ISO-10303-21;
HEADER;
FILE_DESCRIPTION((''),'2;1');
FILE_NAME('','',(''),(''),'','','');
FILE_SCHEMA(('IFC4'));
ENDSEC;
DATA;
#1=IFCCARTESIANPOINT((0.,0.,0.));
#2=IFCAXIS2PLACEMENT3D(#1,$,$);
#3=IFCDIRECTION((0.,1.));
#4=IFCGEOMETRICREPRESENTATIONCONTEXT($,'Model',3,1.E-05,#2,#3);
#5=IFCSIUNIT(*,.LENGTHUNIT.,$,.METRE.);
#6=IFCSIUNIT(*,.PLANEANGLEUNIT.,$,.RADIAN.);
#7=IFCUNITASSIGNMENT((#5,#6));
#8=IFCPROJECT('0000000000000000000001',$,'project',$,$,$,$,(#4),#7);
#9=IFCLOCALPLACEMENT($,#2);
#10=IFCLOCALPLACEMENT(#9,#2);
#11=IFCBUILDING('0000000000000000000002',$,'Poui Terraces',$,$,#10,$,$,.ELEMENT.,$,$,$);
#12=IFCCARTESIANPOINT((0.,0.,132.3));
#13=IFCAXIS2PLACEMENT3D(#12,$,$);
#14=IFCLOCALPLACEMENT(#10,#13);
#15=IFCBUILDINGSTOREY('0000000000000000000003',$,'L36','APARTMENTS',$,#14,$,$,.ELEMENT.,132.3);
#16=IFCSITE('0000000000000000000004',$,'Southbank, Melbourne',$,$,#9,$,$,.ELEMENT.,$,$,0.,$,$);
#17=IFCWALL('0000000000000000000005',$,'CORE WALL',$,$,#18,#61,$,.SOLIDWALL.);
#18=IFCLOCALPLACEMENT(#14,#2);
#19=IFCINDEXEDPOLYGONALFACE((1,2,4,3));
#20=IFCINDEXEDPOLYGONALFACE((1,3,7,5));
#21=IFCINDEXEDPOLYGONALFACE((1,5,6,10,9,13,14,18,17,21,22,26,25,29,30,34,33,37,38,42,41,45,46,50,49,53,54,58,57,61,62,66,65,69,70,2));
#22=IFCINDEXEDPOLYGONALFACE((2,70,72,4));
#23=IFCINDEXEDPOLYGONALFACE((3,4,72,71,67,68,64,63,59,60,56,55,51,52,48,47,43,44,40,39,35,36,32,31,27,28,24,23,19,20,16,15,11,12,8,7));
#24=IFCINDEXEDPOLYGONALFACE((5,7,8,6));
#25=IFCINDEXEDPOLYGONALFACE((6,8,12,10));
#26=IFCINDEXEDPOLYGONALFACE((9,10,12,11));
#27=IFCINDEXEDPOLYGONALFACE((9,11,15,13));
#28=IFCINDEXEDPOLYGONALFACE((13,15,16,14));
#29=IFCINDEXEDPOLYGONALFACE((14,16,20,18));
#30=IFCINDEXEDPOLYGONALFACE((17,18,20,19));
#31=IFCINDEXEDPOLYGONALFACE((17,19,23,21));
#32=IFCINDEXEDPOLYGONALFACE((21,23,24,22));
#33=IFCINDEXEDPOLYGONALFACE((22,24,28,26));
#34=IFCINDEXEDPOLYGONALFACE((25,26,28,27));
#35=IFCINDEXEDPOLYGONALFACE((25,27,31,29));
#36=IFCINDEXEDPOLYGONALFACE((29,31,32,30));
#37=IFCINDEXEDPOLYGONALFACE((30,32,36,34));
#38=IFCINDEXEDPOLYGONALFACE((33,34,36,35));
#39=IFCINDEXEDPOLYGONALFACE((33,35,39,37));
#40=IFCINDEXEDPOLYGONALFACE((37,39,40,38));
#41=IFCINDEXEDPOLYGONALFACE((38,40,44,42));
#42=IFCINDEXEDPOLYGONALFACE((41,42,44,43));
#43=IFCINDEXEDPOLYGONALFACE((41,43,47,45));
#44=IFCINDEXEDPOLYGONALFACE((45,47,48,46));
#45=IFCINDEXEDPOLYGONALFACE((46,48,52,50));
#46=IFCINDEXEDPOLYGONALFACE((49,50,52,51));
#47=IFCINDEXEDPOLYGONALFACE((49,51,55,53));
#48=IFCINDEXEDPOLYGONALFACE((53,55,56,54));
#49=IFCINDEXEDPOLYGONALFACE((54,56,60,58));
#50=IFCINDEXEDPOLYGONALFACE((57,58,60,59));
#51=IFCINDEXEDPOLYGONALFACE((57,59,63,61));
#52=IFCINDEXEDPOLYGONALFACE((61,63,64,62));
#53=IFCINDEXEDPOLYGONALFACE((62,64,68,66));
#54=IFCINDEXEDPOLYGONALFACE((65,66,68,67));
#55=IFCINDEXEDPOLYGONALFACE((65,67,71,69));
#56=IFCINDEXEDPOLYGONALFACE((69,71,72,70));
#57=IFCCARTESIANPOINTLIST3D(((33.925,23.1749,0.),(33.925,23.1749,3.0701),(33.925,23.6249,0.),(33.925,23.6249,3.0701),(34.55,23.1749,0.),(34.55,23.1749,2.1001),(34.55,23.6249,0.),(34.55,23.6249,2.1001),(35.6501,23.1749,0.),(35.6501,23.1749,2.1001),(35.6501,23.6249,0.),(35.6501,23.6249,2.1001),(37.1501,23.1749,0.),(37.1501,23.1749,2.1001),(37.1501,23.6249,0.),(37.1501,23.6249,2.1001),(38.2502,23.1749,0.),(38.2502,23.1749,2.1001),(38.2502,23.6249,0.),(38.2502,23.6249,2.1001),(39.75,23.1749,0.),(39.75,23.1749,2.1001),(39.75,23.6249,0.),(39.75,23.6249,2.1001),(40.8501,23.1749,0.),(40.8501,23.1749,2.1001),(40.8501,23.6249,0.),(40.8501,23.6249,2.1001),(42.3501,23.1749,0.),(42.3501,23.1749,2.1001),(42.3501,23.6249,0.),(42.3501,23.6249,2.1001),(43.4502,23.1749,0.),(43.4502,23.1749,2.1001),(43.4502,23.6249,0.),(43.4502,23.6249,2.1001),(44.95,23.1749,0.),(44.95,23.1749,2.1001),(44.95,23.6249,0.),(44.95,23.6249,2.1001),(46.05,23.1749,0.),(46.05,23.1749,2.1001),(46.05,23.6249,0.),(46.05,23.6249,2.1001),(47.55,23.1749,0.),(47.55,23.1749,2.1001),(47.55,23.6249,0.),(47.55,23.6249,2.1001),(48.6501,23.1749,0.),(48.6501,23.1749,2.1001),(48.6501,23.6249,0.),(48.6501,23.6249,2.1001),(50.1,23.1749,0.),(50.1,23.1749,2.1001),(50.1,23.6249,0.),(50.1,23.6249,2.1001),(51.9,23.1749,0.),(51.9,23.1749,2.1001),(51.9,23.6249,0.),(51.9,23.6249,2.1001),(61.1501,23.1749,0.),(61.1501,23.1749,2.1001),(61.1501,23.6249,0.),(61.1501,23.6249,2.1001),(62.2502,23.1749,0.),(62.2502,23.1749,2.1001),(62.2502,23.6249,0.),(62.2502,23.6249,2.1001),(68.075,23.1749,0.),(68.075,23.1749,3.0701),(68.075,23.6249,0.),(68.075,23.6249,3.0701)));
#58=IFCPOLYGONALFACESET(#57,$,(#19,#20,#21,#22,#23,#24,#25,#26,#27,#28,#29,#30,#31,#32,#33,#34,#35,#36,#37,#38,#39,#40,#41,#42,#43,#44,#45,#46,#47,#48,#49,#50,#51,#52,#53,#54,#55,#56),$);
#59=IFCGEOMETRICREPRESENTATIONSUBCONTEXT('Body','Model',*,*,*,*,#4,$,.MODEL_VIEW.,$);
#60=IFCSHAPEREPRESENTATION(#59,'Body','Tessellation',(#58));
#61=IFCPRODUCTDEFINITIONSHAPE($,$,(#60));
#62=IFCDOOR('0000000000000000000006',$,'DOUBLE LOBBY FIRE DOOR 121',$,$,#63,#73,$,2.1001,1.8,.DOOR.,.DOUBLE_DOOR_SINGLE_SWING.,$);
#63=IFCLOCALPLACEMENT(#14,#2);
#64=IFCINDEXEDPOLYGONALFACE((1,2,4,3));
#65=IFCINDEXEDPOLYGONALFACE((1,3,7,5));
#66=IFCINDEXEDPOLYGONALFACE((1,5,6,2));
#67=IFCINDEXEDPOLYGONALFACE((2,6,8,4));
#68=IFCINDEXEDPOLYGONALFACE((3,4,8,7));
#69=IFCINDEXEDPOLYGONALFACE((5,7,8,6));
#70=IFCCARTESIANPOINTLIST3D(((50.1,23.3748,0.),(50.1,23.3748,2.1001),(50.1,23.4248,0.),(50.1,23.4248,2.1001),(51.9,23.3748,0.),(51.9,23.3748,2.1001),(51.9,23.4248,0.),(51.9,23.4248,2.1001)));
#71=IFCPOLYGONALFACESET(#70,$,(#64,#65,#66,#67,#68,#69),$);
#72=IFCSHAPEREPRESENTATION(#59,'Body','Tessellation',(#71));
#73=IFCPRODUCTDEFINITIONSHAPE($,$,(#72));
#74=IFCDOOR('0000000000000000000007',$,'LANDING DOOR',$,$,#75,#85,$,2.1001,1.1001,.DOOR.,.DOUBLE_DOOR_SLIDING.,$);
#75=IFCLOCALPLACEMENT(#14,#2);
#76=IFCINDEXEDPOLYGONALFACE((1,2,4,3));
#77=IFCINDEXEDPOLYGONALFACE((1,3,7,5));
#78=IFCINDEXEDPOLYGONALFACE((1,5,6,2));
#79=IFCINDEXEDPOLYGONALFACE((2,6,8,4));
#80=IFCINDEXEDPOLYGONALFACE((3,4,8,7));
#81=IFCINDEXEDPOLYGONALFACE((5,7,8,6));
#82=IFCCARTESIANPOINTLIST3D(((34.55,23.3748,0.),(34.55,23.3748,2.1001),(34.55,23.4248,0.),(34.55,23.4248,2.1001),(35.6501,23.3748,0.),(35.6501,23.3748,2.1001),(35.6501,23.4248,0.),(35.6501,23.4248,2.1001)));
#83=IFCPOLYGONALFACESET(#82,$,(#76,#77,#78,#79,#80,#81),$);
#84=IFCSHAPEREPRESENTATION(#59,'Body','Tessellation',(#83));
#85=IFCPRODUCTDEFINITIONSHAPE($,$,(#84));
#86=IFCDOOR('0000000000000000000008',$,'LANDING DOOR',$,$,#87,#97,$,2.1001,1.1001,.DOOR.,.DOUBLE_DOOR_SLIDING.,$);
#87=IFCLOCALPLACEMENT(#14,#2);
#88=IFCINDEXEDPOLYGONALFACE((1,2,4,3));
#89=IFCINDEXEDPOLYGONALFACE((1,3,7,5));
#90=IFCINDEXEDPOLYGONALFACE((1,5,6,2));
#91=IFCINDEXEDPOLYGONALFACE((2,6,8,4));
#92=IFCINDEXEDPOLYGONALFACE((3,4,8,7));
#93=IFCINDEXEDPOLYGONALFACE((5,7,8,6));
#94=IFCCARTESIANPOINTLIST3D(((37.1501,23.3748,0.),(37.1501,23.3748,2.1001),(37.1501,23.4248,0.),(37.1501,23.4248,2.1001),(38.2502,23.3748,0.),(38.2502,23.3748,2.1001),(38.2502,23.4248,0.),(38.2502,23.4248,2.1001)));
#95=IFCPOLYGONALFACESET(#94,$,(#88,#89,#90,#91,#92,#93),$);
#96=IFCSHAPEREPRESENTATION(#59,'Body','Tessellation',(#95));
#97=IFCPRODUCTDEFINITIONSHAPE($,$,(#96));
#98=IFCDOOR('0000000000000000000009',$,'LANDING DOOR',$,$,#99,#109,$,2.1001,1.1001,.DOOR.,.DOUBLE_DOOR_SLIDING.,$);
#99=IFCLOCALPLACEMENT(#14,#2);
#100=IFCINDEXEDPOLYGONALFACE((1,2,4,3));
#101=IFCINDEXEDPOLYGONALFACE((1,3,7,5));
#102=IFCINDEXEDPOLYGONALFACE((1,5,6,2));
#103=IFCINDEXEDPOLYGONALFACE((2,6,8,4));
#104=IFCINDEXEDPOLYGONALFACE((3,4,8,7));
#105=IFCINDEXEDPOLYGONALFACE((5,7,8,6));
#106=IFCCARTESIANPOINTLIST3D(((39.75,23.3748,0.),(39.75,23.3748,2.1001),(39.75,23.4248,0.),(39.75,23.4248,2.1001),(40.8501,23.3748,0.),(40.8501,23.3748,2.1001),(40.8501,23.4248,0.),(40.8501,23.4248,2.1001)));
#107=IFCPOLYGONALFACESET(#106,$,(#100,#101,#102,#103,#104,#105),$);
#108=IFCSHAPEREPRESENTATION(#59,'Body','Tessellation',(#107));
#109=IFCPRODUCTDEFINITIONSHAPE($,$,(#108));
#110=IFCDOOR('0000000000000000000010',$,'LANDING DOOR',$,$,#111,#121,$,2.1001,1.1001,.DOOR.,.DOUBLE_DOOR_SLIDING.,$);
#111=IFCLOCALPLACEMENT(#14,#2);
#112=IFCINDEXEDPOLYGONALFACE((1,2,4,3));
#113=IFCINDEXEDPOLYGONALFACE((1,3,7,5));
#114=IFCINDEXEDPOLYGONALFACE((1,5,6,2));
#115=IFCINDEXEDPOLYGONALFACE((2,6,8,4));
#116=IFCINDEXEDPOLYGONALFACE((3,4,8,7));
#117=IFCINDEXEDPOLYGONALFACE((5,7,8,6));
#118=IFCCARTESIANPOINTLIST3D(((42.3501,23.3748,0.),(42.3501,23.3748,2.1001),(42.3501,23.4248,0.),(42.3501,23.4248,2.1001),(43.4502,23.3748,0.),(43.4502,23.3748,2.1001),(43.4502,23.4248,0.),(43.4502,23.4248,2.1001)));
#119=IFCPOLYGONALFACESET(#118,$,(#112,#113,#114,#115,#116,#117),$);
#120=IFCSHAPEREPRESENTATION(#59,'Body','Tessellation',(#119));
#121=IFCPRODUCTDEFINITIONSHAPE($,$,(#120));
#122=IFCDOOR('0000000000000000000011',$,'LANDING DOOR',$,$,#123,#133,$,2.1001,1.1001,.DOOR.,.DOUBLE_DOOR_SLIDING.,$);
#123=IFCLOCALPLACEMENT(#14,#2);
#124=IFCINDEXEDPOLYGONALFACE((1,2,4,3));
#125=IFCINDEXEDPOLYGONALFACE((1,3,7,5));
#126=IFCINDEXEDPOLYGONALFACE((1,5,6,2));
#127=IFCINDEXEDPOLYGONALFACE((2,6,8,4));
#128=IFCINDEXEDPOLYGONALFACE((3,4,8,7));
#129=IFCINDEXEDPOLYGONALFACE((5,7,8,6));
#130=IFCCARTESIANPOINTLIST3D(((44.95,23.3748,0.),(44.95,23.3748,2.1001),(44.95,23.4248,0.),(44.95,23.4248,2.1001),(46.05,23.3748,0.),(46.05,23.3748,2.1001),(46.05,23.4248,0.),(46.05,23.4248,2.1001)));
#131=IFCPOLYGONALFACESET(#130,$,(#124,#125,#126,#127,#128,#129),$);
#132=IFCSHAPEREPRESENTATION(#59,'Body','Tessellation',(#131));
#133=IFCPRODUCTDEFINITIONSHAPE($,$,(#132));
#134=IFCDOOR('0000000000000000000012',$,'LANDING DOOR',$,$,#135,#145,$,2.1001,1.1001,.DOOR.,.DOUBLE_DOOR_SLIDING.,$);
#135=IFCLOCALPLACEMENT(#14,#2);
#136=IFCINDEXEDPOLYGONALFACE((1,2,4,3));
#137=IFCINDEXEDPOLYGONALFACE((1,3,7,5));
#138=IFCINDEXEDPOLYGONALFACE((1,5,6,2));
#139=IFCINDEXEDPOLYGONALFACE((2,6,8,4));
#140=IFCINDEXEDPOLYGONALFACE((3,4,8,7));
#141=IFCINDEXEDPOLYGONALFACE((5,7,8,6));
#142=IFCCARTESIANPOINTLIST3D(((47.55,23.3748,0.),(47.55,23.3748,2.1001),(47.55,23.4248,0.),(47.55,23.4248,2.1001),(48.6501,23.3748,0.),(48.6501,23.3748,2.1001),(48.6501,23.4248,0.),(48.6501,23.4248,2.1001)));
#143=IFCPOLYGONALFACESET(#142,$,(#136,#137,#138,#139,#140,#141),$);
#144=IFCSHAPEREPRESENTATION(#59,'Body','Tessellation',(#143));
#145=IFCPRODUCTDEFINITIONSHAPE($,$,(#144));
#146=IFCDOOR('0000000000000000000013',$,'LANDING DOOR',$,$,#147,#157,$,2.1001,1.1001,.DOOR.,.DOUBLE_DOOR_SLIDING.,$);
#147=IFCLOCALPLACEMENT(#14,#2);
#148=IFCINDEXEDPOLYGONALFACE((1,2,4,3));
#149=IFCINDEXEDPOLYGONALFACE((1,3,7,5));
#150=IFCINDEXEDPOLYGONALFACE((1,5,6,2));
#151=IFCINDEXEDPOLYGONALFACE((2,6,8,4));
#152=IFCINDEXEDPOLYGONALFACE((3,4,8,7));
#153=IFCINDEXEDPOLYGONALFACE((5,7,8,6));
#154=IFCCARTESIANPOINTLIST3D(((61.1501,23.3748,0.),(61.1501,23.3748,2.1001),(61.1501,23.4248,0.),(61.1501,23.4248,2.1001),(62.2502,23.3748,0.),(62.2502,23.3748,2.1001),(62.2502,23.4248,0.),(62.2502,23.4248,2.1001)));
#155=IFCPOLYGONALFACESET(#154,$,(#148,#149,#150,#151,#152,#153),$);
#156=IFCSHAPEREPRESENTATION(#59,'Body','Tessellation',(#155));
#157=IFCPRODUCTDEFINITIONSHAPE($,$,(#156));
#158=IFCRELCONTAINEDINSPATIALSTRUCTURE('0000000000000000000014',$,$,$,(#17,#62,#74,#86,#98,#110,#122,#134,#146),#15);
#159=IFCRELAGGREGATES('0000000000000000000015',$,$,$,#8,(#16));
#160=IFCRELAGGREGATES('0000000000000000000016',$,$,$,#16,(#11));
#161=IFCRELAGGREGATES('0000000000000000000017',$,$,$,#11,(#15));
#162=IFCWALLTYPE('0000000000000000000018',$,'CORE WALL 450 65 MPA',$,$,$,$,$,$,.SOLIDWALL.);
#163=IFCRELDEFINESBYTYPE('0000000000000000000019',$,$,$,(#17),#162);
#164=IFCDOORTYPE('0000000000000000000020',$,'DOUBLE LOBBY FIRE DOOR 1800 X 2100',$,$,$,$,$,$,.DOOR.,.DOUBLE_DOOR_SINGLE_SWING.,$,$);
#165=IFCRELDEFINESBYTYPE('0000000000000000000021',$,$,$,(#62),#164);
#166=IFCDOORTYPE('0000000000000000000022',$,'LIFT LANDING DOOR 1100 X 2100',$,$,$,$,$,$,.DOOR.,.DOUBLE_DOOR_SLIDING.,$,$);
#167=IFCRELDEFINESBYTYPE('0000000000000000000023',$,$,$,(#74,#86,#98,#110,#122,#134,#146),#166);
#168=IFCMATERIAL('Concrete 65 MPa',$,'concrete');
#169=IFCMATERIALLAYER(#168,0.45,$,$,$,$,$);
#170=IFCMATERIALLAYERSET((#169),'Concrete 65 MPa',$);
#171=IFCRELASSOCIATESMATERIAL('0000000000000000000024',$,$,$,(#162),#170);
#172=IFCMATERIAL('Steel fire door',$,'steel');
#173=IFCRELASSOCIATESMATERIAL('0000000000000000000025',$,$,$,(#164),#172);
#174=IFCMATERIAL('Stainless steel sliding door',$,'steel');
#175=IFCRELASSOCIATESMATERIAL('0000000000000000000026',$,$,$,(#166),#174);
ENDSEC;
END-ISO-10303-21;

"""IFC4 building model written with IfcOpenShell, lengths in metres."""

from ifc_helpers import new_model, si_unit, direction, frame, frame_2d, origin, place, context, subcontext, project, spatial, rectangle, extrude, material, layer, layer_set, type_object, element, fill, save


model = new_model("IFC4")

# Units and contexts
model_context = context("Model", 3, precision=1e-05, world=origin(), true_north=direction((0.0, 1.0)))
body_context = subcontext(model_context, "Body", "Model", "MODEL_VIEW")
ifc_project = project(units=[si_unit("LENGTHUNIT", "METRE"), si_unit("PLANEANGLEUNIT", "RADIAN")], contexts=[model_context])

# Site, building, storey
site_placement = place(None, origin())
site = spatial("IfcSite", under=ifc_project, at=site_placement, Name="Southbank, Melbourne", CompositionType="ELEMENT", RefElevation=0.0)
building_placement = place(site_placement, origin())
building = spatial("IfcBuilding", under=site, at=building_placement, Name="Poui Terraces", CompositionType="ELEMENT")
storey_placement = place(building_placement, frame((0.0, 0.0, 132.3)))
storey = spatial("IfcBuildingStorey", under=building, at=storey_placement, Name="L36", Description="APARTMENTS", CompositionType="ELEMENT", Elevation=132.3)

# Wall, openings, doors
ifc_material_1 = material(Name="Concrete 65 MPa", Category="concrete")
ifc_layer_1 = layer(ifc_material_1, 0.45)
ifc_layer_set_1 = layer_set([ifc_layer_1], Name="Concrete 65 MPa")
wall_type_1 = type_object("IfcWallType", Name="CORE WALL 450 65 MPA", PredefinedType="SOLIDWALL", material=ifc_layer_set_1)
ifc_material_2 = material(Name="Steel fire door", Category="steel")
door_type_1 = type_object("IfcDoorType", Name="DOUBLE LOBBY FIRE DOOR 1800 X 2100", OperationType="DOUBLE_DOOR_SINGLE_SWING", PredefinedType="DOOR", material=ifc_material_2)
wall_1_placement = place(storey_placement, frame((33.925, 23.3999, 0.0), z_axis=(0.0, 0.0, 1.0), x_axis=(1.0, 0.0, 0.0)))
wall_1 = element("IfcWall", 1, at=wall_1_placement, inside=storey, type_object=wall_type_1, Name="CORE WALL", PredefinedType="SOLIDWALL", context=body_context, shape_type="SweptSolid", body=[
    extrude(rectangle(XDim=34.1499, YDim=0.45, at=frame_2d((17.075, 0.0))), origin(), (0.0, 0.0, 1.0), 3.0701),
])
opening_1_placement = place(wall_1_placement, frame((16.175, 0.0, 0.0)))
opening_1 = element("IfcOpeningElement", 2, at=opening_1_placement, cuts=wall_1, PredefinedType="OPENING", context=body_context, shape_type="SweptSolid", body=[
    extrude(rectangle(XDim=1.8, YDim=2.1001, at=frame_2d((0.8999, 1.05))), frame((0.0, 0.2349, 0.0), z_axis=(0.0, -1.0, 0.0), x_axis=(1.0, 0.0, 0.0)), (0.0, 0.0, 1.0), 0.47),
])
opening_2_placement = place(wall_1_placement, frame((0.625, 0.0, 0.0)))
opening_2 = element("IfcOpeningElement", 3, at=opening_2_placement, cuts=wall_1, PredefinedType="OPENING", context=body_context, shape_type="SweptSolid", body=[
    extrude(rectangle(XDim=1.1001, YDim=2.1001, at=frame_2d((0.55, 1.05))), frame((0.0, 0.2349, 0.0), z_axis=(0.0, -1.0, 0.0), x_axis=(1.0, 0.0, 0.0)), (0.0, 0.0, 1.0), 0.47),
])
opening_3_placement = place(wall_1_placement, frame((3.2251, 0.0, 0.0)))
opening_3 = element("IfcOpeningElement", 4, at=opening_3_placement, cuts=wall_1, PredefinedType="OPENING", context=body_context, shape_type="SweptSolid", body=[
    extrude(rectangle(XDim=1.1001, YDim=2.1001, at=frame_2d((0.55, 1.05))), frame((0.0, 0.2349, 0.0), z_axis=(0.0, -1.0, 0.0), x_axis=(1.0, 0.0, 0.0)), (0.0, 0.0, 1.0), 0.47),
])
opening_4_placement = place(wall_1_placement, frame((5.825, 0.0, 0.0)))
opening_4 = element("IfcOpeningElement", 5, at=opening_4_placement, cuts=wall_1, PredefinedType="OPENING", context=body_context, shape_type="SweptSolid", body=[
    extrude(rectangle(XDim=1.1001, YDim=2.1001, at=frame_2d((0.55, 1.05))), frame((0.0, 0.2349, 0.0), z_axis=(0.0, -1.0, 0.0), x_axis=(1.0, 0.0, 0.0)), (0.0, 0.0, 1.0), 0.47),
])
opening_5_placement = place(wall_1_placement, frame((8.425, 0.0, 0.0)))
opening_5 = element("IfcOpeningElement", 6, at=opening_5_placement, cuts=wall_1, PredefinedType="OPENING", context=body_context, shape_type="SweptSolid", body=[
    extrude(rectangle(XDim=1.1001, YDim=2.1001, at=frame_2d((0.55, 1.05))), frame((0.0, 0.2349, 0.0), z_axis=(0.0, -1.0, 0.0), x_axis=(1.0, 0.0, 0.0)), (0.0, 0.0, 1.0), 0.47),
])
opening_6_placement = place(wall_1_placement, frame((11.0249, 0.0, 0.0)))
opening_6 = element("IfcOpeningElement", 7, at=opening_6_placement, cuts=wall_1, PredefinedType="OPENING", context=body_context, shape_type="SweptSolid", body=[
    extrude(rectangle(XDim=1.1001, YDim=2.1001, at=frame_2d((0.55, 1.05))), frame((0.0, 0.2349, 0.0), z_axis=(0.0, -1.0, 0.0), x_axis=(1.0, 0.0, 0.0)), (0.0, 0.0, 1.0), 0.47),
])
opening_7_placement = place(wall_1_placement, frame((13.625, 0.0, 0.0)))
opening_7 = element("IfcOpeningElement", 8, at=opening_7_placement, cuts=wall_1, PredefinedType="OPENING", context=body_context, shape_type="SweptSolid", body=[
    extrude(rectangle(XDim=1.1001, YDim=2.1001, at=frame_2d((0.55, 1.05))), frame((0.0, 0.2349, 0.0), z_axis=(0.0, -1.0, 0.0), x_axis=(1.0, 0.0, 0.0)), (0.0, 0.0, 1.0), 0.47),
])
opening_8_placement = place(wall_1_placement, frame((27.2251, 0.0, 0.0)))
opening_8 = element("IfcOpeningElement", 9, at=opening_8_placement, cuts=wall_1, PredefinedType="OPENING", context=body_context, shape_type="SweptSolid", body=[
    extrude(rectangle(XDim=1.1001, YDim=2.1001, at=frame_2d((0.55, 1.05))), frame((0.0, 0.2349, 0.0), z_axis=(0.0, -1.0, 0.0), x_axis=(1.0, 0.0, 0.0)), (0.0, 0.0, 1.0), 0.47),
])
door_1_placement = place(opening_1_placement, origin())
door_1 = element("IfcDoor", 10, at=door_1_placement, inside=storey, type_object=door_type_1, Name="DOUBLE LOBBY FIRE DOOR 121", OperationType="DOUBLE_DOOR_SINGLE_SWING", OverallHeight=2.1001, OverallWidth=1.8, PredefinedType="DOOR", context=body_context, shape_type="SweptSolid", body=[
    extrude(rectangle(XDim=1.8, YDim=2.1001, at=frame_2d((0.8999, 1.05))), frame((0.0, 0.0249, 0.0), z_axis=(0.0, -1.0, 0.0), x_axis=(1.0, 0.0, 0.0)), (0.0, 0.0, 1.0), 0.05),
])
fill(opening_1, door_1)
ifc_material_3 = material(Name="Stainless steel sliding door", Category="steel")
door_type_2 = type_object("IfcDoorType", Name="LIFT LANDING DOOR 1100 X 2100", OperationType="DOUBLE_DOOR_SLIDING", PredefinedType="DOOR", material=ifc_material_3)
door_2_placement = place(opening_2_placement, origin())
door_2 = element("IfcDoor", 11, at=door_2_placement, inside=storey, type_object=door_type_2, Name="LANDING DOOR", OperationType="DOUBLE_DOOR_SLIDING", OverallHeight=2.1001, OverallWidth=1.1001, PredefinedType="DOOR", context=body_context, shape_type="SweptSolid", body=[
    extrude(rectangle(XDim=1.1001, YDim=2.1001, at=frame_2d((0.55, 1.05))), frame((0.0, 0.0249, 0.0), z_axis=(0.0, -1.0, 0.0), x_axis=(1.0, 0.0, 0.0)), (0.0, 0.0, 1.0), 0.05),
])
fill(opening_2, door_2)
door_3_placement = place(opening_3_placement, origin())
door_3 = element("IfcDoor", 12, at=door_3_placement, inside=storey, type_object=door_type_2, Name="LANDING DOOR", OperationType="DOUBLE_DOOR_SLIDING", OverallHeight=2.1001, OverallWidth=1.1001, PredefinedType="DOOR", context=body_context, shape_type="SweptSolid", body=[
    extrude(rectangle(XDim=1.1001, YDim=2.1001, at=frame_2d((0.55, 1.05))), frame((0.0, 0.0249, 0.0), z_axis=(0.0, -1.0, 0.0), x_axis=(1.0, 0.0, 0.0)), (0.0, 0.0, 1.0), 0.05),
])
fill(opening_3, door_3)
door_4_placement = place(opening_4_placement, origin())
door_4 = element("IfcDoor", 13, at=door_4_placement, inside=storey, type_object=door_type_2, Name="LANDING DOOR", OperationType="DOUBLE_DOOR_SLIDING", OverallHeight=2.1001, OverallWidth=1.1001, PredefinedType="DOOR", context=body_context, shape_type="SweptSolid", body=[
    extrude(rectangle(XDim=1.1001, YDim=2.1001, at=frame_2d((0.55, 1.05))), frame((0.0, 0.0249, 0.0), z_axis=(0.0, -1.0, 0.0), x_axis=(1.0, 0.0, 0.0)), (0.0, 0.0, 1.0), 0.05),
])
fill(opening_4, door_4)
door_5_placement = place(opening_5_placement, origin())
door_5 = element("IfcDoor", 14, at=door_5_placement, inside=storey, type_object=door_type_2, Name="LANDING DOOR", OperationType="DOUBLE_DOOR_SLIDING", OverallHeight=2.1001, OverallWidth=1.1001, PredefinedType="DOOR", context=body_context, shape_type="SweptSolid", body=[
    extrude(rectangle(XDim=1.1001, YDim=2.1001, at=frame_2d((0.55, 1.05))), frame((0.0, 0.0249, 0.0), z_axis=(0.0, -1.0, 0.0), x_axis=(1.0, 0.0, 0.0)), (0.0, 0.0, 1.0), 0.05),
])
fill(opening_5, door_5)
door_6_placement = place(opening_6_placement, origin())
door_6 = element("IfcDoor", 15, at=door_6_placement, inside=storey, type_object=door_type_2, Name="LANDING DOOR", OperationType="DOUBLE_DOOR_SLIDING", OverallHeight=2.1001, OverallWidth=1.1001, PredefinedType="DOOR", context=body_context, shape_type="SweptSolid", body=[
    extrude(rectangle(XDim=1.1001, YDim=2.1001, at=frame_2d((0.55, 1.05))), frame((0.0, 0.0249, 0.0), z_axis=(0.0, -1.0, 0.0), x_axis=(1.0, 0.0, 0.0)), (0.0, 0.0, 1.0), 0.05),
])
fill(opening_6, door_6)
door_7_placement = place(opening_7_placement, origin())
door_7 = element("IfcDoor", 16, at=door_7_placement, inside=storey, type_object=door_type_2, Name="LANDING DOOR", OperationType="DOUBLE_DOOR_SLIDING", OverallHeight=2.1001, OverallWidth=1.1001, PredefinedType="DOOR", context=body_context, shape_type="SweptSolid", body=[
    extrude(rectangle(XDim=1.1001, YDim=2.1001, at=frame_2d((0.55, 1.05))), frame((0.0, 0.0249, 0.0), z_axis=(0.0, -1.0, 0.0), x_axis=(1.0, 0.0, 0.0)), (0.0, 0.0, 1.0), 0.05),
])
fill(opening_7, door_7)
door_8_placement = place(opening_8_placement, origin())
door_8 = element("IfcDoor", 17, at=door_8_placement, inside=storey, type_object=door_type_2, Name="LANDING DOOR", OperationType="DOUBLE_DOOR_SLIDING", OverallHeight=2.1001, OverallWidth=1.1001, PredefinedType="DOOR", context=body_context, shape_type="SweptSolid", body=[
    extrude(rectangle(XDim=1.1001, YDim=2.1001, at=frame_2d((0.55, 1.05))), frame((0.0, 0.0249, 0.0), z_axis=(0.0, -1.0, 0.0), x_axis=(1.0, 0.0, 0.0)), (0.0, 0.0, 1.0), 0.05),
])
fill(opening_8, door_8)

save(model, "model.ifc")
